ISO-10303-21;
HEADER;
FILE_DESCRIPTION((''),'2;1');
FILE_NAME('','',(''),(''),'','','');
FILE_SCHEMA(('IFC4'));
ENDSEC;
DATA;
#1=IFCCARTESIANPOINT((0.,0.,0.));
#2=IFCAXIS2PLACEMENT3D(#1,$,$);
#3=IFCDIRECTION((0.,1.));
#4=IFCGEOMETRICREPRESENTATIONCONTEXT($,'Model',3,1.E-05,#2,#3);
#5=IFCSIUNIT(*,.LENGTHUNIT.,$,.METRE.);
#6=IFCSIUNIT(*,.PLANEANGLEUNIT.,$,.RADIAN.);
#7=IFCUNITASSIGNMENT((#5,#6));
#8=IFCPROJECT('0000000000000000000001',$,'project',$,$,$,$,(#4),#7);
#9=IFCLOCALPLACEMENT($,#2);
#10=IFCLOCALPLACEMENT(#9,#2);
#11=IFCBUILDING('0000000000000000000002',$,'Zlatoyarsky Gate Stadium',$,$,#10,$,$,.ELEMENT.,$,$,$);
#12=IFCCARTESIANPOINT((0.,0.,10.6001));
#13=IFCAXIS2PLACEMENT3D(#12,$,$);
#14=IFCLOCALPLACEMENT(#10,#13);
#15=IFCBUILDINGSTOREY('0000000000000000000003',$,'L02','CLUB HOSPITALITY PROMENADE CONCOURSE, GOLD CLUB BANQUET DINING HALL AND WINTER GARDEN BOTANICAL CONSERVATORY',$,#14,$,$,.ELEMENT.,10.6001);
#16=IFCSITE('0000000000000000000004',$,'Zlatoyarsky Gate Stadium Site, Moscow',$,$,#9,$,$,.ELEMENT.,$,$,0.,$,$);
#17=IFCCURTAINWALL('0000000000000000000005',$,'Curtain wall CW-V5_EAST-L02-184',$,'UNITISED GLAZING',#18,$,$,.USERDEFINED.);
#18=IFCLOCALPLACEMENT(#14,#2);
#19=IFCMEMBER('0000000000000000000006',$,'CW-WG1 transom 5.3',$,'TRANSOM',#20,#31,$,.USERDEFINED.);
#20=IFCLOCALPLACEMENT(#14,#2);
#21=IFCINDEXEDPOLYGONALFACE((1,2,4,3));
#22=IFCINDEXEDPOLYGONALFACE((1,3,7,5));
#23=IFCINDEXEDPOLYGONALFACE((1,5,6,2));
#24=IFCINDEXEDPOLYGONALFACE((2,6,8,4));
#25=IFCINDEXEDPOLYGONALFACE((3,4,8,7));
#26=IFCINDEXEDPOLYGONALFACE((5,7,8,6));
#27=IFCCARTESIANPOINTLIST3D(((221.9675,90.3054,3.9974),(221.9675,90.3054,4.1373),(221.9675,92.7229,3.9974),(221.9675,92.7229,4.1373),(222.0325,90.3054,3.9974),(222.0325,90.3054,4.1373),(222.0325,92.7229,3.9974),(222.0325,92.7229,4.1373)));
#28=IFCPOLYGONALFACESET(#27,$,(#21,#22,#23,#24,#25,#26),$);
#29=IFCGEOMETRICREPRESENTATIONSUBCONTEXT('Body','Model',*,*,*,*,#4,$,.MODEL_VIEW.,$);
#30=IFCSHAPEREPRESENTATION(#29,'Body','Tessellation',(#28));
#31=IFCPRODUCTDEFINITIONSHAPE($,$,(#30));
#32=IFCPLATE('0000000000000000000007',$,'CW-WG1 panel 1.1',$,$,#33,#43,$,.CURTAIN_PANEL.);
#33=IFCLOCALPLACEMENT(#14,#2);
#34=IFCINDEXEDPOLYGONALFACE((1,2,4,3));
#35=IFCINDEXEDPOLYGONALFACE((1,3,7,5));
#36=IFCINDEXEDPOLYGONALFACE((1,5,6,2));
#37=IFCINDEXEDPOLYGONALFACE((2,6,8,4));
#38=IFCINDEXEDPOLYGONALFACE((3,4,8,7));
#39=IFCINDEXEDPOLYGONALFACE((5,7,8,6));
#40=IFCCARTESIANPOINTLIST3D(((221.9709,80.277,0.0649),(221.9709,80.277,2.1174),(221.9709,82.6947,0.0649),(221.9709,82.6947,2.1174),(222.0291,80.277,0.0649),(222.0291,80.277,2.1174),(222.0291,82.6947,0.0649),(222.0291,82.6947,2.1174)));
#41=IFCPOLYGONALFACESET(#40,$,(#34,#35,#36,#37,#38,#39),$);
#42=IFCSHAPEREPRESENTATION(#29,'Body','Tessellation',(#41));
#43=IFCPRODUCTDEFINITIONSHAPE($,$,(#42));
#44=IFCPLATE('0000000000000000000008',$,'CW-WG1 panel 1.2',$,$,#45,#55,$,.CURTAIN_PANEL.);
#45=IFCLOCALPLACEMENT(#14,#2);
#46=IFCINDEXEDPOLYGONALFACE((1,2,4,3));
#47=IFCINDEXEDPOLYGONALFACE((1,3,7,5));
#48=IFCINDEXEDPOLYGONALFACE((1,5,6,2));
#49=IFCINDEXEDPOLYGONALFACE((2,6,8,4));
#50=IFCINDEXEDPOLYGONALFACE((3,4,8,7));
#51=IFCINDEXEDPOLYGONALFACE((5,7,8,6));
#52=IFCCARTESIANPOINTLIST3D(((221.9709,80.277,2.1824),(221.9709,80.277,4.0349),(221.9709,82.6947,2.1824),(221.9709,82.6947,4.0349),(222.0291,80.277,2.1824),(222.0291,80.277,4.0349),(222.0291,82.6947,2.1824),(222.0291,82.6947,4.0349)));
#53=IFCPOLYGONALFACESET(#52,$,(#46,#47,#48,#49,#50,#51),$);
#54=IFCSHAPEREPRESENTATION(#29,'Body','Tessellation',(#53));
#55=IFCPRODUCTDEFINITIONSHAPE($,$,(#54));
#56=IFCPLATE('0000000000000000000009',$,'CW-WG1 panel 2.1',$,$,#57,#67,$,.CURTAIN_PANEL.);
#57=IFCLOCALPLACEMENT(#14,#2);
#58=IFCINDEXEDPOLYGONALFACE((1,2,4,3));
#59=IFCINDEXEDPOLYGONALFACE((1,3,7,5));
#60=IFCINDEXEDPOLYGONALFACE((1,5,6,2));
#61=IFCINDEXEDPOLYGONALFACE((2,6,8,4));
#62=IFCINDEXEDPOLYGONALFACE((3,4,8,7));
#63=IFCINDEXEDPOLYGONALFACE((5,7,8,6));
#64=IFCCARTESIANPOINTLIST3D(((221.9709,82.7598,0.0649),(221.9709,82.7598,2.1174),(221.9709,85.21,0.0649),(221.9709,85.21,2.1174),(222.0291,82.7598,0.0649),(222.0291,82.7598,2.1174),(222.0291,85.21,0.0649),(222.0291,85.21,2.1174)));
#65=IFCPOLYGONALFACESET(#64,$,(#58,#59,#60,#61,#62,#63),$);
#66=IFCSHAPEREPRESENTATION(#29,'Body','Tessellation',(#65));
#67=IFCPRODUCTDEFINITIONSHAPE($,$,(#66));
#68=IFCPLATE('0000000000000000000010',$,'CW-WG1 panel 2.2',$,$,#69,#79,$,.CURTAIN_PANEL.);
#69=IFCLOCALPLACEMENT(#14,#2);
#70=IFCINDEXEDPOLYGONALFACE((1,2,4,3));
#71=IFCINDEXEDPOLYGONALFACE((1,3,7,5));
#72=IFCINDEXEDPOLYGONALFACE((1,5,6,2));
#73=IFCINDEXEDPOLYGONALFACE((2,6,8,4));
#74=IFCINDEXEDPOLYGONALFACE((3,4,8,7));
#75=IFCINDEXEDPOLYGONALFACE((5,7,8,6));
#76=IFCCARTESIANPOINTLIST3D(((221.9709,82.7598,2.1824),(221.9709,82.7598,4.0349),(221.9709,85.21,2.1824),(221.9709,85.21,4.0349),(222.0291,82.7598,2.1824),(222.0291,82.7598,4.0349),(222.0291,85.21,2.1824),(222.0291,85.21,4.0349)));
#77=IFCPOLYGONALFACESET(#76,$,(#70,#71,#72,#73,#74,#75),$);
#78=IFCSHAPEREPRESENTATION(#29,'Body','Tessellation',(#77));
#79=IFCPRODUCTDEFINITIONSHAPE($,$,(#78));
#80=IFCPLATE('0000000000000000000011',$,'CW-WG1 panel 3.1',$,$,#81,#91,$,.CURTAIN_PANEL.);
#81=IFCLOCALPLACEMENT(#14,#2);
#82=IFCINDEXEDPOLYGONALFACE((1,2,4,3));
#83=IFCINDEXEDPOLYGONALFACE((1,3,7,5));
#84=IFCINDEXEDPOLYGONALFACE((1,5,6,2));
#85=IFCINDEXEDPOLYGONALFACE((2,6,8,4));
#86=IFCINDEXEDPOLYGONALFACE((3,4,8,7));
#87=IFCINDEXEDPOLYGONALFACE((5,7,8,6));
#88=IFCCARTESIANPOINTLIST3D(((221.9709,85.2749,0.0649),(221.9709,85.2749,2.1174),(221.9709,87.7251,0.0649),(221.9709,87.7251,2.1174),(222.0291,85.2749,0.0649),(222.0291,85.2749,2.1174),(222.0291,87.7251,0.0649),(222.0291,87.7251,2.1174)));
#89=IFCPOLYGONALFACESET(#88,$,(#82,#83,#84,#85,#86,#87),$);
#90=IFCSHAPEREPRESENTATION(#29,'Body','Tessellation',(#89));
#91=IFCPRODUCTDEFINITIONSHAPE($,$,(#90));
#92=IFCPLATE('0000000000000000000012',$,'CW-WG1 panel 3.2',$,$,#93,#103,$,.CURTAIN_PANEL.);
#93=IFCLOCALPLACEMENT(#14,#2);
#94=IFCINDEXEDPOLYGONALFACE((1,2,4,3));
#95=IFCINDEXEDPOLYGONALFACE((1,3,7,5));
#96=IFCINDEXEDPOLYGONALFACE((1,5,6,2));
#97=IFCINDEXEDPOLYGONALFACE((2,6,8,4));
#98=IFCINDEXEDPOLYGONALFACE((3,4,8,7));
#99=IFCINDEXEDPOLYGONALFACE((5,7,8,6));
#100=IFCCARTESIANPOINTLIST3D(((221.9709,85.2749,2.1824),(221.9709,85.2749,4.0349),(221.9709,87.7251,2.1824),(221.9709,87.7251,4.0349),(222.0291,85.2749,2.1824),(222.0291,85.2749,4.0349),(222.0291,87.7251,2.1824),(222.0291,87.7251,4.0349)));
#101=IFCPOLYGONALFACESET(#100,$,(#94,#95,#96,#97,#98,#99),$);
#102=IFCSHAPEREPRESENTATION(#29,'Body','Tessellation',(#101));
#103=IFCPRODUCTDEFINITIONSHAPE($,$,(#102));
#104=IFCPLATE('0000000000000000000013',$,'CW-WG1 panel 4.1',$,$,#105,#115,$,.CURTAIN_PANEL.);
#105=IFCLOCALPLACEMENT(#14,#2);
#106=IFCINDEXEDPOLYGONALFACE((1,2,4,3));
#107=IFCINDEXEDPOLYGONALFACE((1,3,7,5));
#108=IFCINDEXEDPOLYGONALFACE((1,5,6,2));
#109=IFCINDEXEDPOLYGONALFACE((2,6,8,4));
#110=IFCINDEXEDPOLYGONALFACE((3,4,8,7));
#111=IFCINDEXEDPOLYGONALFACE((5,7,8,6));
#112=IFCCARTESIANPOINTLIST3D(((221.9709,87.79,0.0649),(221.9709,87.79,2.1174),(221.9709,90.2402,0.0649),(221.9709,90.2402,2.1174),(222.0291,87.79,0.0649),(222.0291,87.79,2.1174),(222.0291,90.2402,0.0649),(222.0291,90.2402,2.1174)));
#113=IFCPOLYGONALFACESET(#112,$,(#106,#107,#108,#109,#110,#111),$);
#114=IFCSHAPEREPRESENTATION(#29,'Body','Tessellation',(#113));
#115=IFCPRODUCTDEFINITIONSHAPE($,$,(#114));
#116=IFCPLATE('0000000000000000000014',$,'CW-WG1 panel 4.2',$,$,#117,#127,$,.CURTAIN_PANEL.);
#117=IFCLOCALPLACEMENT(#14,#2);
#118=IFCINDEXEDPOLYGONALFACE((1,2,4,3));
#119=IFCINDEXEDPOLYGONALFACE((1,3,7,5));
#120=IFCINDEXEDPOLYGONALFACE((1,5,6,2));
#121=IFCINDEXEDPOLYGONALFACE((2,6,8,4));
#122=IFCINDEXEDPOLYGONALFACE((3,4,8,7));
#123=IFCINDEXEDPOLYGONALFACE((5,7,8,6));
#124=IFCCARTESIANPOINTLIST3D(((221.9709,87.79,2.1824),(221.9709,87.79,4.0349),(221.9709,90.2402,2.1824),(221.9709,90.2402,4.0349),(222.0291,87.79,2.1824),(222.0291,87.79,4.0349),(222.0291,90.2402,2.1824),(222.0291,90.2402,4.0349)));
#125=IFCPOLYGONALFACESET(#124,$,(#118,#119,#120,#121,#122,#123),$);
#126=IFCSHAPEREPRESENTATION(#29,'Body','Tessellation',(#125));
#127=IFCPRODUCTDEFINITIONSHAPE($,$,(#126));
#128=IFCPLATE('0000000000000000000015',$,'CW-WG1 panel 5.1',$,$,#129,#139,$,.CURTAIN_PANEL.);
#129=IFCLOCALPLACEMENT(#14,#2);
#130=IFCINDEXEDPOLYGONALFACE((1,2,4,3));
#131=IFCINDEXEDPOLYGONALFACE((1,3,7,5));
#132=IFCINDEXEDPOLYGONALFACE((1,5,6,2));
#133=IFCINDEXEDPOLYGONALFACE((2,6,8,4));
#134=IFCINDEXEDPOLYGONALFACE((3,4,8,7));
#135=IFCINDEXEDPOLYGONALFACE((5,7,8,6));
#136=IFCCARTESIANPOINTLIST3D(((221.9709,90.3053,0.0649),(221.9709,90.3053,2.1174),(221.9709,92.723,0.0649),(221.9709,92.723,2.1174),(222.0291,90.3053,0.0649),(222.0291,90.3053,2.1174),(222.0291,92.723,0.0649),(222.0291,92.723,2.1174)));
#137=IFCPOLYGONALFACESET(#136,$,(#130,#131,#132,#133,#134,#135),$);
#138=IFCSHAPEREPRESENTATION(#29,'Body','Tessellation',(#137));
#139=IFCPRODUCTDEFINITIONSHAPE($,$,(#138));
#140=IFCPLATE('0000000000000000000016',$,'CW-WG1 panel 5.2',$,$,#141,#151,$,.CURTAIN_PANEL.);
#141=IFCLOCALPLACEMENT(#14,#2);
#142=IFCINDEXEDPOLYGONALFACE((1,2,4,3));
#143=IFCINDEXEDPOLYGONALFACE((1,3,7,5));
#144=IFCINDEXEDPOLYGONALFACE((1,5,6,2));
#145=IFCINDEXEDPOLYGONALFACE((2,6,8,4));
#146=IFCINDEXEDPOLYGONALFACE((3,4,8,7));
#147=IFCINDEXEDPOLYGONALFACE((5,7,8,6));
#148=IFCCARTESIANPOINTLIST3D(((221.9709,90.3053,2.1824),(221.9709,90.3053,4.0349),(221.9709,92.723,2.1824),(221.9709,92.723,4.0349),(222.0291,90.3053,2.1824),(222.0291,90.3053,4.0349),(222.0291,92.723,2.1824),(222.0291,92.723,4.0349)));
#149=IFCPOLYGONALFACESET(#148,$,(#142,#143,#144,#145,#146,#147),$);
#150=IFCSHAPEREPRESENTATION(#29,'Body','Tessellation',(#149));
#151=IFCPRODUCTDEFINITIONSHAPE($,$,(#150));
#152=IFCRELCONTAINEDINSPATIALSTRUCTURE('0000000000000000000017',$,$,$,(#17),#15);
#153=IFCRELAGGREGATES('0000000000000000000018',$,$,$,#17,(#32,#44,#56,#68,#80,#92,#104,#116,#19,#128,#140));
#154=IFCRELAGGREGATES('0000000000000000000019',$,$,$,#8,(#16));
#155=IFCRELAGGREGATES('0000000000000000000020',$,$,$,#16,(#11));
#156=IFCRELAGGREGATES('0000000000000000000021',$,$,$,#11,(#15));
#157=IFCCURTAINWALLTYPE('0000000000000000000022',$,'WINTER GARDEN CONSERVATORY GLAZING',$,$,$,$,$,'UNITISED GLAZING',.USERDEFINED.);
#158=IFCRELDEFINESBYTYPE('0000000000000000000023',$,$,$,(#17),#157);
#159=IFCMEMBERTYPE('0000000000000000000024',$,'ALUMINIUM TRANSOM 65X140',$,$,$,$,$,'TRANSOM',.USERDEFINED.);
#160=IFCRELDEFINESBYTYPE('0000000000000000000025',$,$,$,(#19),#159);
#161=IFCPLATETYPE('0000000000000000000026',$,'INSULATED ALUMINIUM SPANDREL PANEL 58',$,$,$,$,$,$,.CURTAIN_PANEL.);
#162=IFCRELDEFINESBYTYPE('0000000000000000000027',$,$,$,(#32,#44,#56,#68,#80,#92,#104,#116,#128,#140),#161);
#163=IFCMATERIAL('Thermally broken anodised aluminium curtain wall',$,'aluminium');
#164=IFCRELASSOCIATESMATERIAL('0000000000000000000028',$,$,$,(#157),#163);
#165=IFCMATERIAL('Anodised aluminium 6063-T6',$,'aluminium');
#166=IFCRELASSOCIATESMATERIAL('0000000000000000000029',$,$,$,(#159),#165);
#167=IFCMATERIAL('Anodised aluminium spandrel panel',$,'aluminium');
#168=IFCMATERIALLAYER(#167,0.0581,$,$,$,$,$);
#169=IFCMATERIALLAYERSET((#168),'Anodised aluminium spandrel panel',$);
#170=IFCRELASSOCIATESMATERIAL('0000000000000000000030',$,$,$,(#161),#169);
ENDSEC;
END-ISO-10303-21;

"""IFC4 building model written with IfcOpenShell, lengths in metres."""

from ifc_helpers import new_model, si_unit, direction, frame, origin, origin_2d, place, context, subcontext, project, spatial, rectangle, extrude, material, layer, layer_set, material_profile, profile_set, type_object, element, aggregate, save


model = new_model("IFC4")

# Units and contexts
model_context = context("Model", 3, precision=1e-05, world=origin(), true_north=direction((0.0, 1.0)))
body_context = subcontext(model_context, "Body", "Model", "MODEL_VIEW")
ifc_project = project(units=[si_unit("LENGTHUNIT", "METRE"), si_unit("PLANEANGLEUNIT", "RADIAN")], contexts=[model_context])

# Site, building, storey
site_placement = place(None, origin())
site = spatial("IfcSite", under=ifc_project, at=site_placement, Name="Zlatoyarsky Gate Stadium Site, Moscow", CompositionType="ELEMENT", RefElevation=0.0)
building_placement = place(site_placement, origin())
building = spatial("IfcBuilding", under=site, at=building_placement, Name="Zlatoyarsky Gate Stadium", CompositionType="ELEMENT")
storey_placement = place(building_placement, frame((0.0, 0.0, 10.6001)))
storey = spatial("IfcBuildingStorey", under=building, at=storey_placement, Name="L02", Description="CLUB HOSPITALITY PROMENADE CONCOURSE, GOLD CLUB BANQUET DINING HALL AND WINTER GARDEN BOTANICAL CONSERVATORY", CompositionType="ELEMENT", Elevation=10.6001)

# Curtain wall, member, plates
ifc_material_1 = material(Name="Thermally broken anodised aluminium curtain wall", Category="aluminium")
curtain_wall_type = type_object("IfcCurtainWallType", Name="WINTER GARDEN CONSERVATORY GLAZING", ElementType="UNITISED GLAZING", PredefinedType="USERDEFINED", material=ifc_material_1)
curtain_wall_placement = place(storey_placement, origin())
curtain_wall = element("IfcCurtainWall", 1, at=curtain_wall_placement, inside=storey, type_object=curtain_wall_type, Name="Curtain wall CW-V5_EAST-L02-184", ObjectType="UNITISED GLAZING", PredefinedType="USERDEFINED")
ifc_material_2 = material(Name="Anodised aluminium 6063-T6", Category="aluminium")
ifc_material_profile_1 = material_profile(ifc_material_2, rectangle(XDim=0.0649, YDim=0.1399, at=origin_2d()), Name="ALU 65X140")
ifc_profile_set_1 = profile_set([ifc_material_profile_1], Name="Anodised aluminium 6063-T6")
member_type_1 = type_object("IfcMemberType", Name="ALUMINIUM TRANSOM 65X140", ElementType="TRANSOM", PredefinedType="USERDEFINED", material=ifc_profile_set_1)
member_1_placement = place(storey_placement, frame((222.0, 90.3054, 4.0674), z_axis=(0.0, 1.0, 0.0), x_axis=(-1.0, 0.0, 0.0)))
member_1 = element("IfcMember", 2, at=member_1_placement, type_object=member_type_1, Name="CW-WG1 transom 5.3", ObjectType="TRANSOM", PredefinedType="USERDEFINED", context=body_context, shape_type="SweptSolid", body=[
    extrude(rectangle(XDim=0.0649, YDim=0.1399, at=origin_2d()), origin(), (0.0, 0.0, 1.0), 2.4175),
])
ifc_material_3 = material(Name="Anodised aluminium spandrel panel", Category="aluminium")
ifc_layer = layer(ifc_material_3, 0.0581)
ifc_layer_set = layer_set([ifc_layer], Name="Anodised aluminium spandrel panel")
plate_type = type_object("IfcPlateType", Name="INSULATED ALUMINIUM SPANDREL PANEL 58", PredefinedType="CURTAIN_PANEL", material=ifc_layer_set)
plate_1_placement = place(storey_placement, frame((222.0, 81.4858, 0.0649), z_axis=(0.0, 0.0, 1.0), x_axis=(0.0, 1.0, 0.0)))
plate_1 = element("IfcPlate", 3, at=plate_1_placement, type_object=plate_type, Name="CW-WG1 panel 1.1", PredefinedType="CURTAIN_PANEL", context=body_context, shape_type="SweptSolid", body=[
    extrude(rectangle(XDim=2.4177, YDim=0.0581, at=origin_2d()), origin(), (0.0, 0.0, 1.0), 2.0525),
])
plate_2_placement = place(storey_placement, frame((222.0, 81.4858, 2.1824), z_axis=(0.0, 0.0, 1.0), x_axis=(0.0, 1.0, 0.0)))
plate_2 = element("IfcPlate", 4, at=plate_2_placement, type_object=plate_type, Name="CW-WG1 panel 1.2", PredefinedType="CURTAIN_PANEL", context=body_context, shape_type="SweptSolid", body=[
    extrude(rectangle(XDim=2.4177, YDim=0.0581, at=origin_2d()), origin(), (0.0, 0.0, 1.0), 1.8525),
])
plate_3_placement = place(storey_placement, frame((222.0, 83.9849, 0.0649), z_axis=(0.0, 0.0, 1.0), x_axis=(0.0, 1.0, 0.0)))
plate_3 = element("IfcPlate", 5, at=plate_3_placement, type_object=plate_type, Name="CW-WG1 panel 2.1", PredefinedType="CURTAIN_PANEL", context=body_context, shape_type="SweptSolid", body=[
    extrude(rectangle(XDim=2.4502, YDim=0.0581, at=origin_2d()), origin(), (0.0, 0.0, 1.0), 2.0525),
])
plate_4_placement = place(storey_placement, frame((222.0, 83.9849, 2.1824), z_axis=(0.0, 0.0, 1.0), x_axis=(0.0, 1.0, 0.0)))
plate_4 = element("IfcPlate", 6, at=plate_4_placement, type_object=plate_type, Name="CW-WG1 panel 2.2", PredefinedType="CURTAIN_PANEL", context=body_context, shape_type="SweptSolid", body=[
    extrude(rectangle(XDim=2.4502, YDim=0.0581, at=origin_2d()), origin(), (0.0, 0.0, 1.0), 1.8525),
])
plate_5_placement = place(storey_placement, frame((222.0, 86.5, 0.0649), z_axis=(0.0, 0.0, 1.0), x_axis=(0.0, 1.0, 0.0)))
plate_5 = element("IfcPlate", 7, at=plate_5_placement, type_object=plate_type, Name="CW-WG1 panel 3.1", PredefinedType="CURTAIN_PANEL", context=body_context, shape_type="SweptSolid", body=[
    extrude(rectangle(XDim=2.4502, YDim=0.0581, at=origin_2d()), origin(), (0.0, 0.0, 1.0), 2.0525),
])
plate_6_placement = place(storey_placement, frame((222.0, 86.5, 2.1824), z_axis=(0.0, 0.0, 1.0), x_axis=(0.0, 1.0, 0.0)))
plate_6 = element("IfcPlate", 8, at=plate_6_placement, type_object=plate_type, Name="CW-WG1 panel 3.2", PredefinedType="CURTAIN_PANEL", context=body_context, shape_type="SweptSolid", body=[
    extrude(rectangle(XDim=2.4502, YDim=0.0581, at=origin_2d()), origin(), (0.0, 0.0, 1.0), 1.8525),
])
plate_7_placement = place(storey_placement, frame((222.0, 89.0151, 0.0649), z_axis=(0.0, 0.0, 1.0), x_axis=(0.0, 1.0, 0.0)))
plate_7 = element("IfcPlate", 9, at=plate_7_placement, type_object=plate_type, Name="CW-WG1 panel 4.1", PredefinedType="CURTAIN_PANEL", context=body_context, shape_type="SweptSolid", body=[
    extrude(rectangle(XDim=2.4502, YDim=0.0581, at=origin_2d()), origin(), (0.0, 0.0, 1.0), 2.0525),
])
plate_8_placement = place(storey_placement, frame((222.0, 89.0151, 2.1824), z_axis=(0.0, 0.0, 1.0), x_axis=(0.0, 1.0, 0.0)))
plate_8 = element("IfcPlate", 10, at=plate_8_placement, type_object=plate_type, Name="CW-WG1 panel 4.2", PredefinedType="CURTAIN_PANEL", context=body_context, shape_type="SweptSolid", body=[
    extrude(rectangle(XDim=2.4502, YDim=0.0581, at=origin_2d()), origin(), (0.0, 0.0, 1.0), 1.8525),
])
plate_9_placement = place(storey_placement, frame((222.0, 91.5142, 0.0649), z_axis=(0.0, 0.0, 1.0), x_axis=(0.0, 1.0, 0.0)))
plate_9 = element("IfcPlate", 11, at=plate_9_placement, type_object=plate_type, Name="CW-WG1 panel 5.1", PredefinedType="CURTAIN_PANEL", context=body_context, shape_type="SweptSolid", body=[
    extrude(rectangle(XDim=2.4177, YDim=0.0581, at=origin_2d()), origin(), (0.0, 0.0, 1.0), 2.0525),
])
plate_10_placement = place(storey_placement, frame((222.0, 91.5142, 2.1824), z_axis=(0.0, 0.0, 1.0), x_axis=(0.0, 1.0, 0.0)))
plate_10 = element("IfcPlate", 12, at=plate_10_placement, type_object=plate_type, Name="CW-WG1 panel 5.2", PredefinedType="CURTAIN_PANEL", context=body_context, shape_type="SweptSolid", body=[
    extrude(rectangle(XDim=2.4177, YDim=0.0581, at=origin_2d()), origin(), (0.0, 0.0, 1.0), 1.8525),
])
aggregate(curtain_wall, [plate_1, plate_2, plate_3, plate_4, plate_5, plate_6, plate_7, plate_8, member_1, plate_9, plate_10])

save(model, "model.ifc")
